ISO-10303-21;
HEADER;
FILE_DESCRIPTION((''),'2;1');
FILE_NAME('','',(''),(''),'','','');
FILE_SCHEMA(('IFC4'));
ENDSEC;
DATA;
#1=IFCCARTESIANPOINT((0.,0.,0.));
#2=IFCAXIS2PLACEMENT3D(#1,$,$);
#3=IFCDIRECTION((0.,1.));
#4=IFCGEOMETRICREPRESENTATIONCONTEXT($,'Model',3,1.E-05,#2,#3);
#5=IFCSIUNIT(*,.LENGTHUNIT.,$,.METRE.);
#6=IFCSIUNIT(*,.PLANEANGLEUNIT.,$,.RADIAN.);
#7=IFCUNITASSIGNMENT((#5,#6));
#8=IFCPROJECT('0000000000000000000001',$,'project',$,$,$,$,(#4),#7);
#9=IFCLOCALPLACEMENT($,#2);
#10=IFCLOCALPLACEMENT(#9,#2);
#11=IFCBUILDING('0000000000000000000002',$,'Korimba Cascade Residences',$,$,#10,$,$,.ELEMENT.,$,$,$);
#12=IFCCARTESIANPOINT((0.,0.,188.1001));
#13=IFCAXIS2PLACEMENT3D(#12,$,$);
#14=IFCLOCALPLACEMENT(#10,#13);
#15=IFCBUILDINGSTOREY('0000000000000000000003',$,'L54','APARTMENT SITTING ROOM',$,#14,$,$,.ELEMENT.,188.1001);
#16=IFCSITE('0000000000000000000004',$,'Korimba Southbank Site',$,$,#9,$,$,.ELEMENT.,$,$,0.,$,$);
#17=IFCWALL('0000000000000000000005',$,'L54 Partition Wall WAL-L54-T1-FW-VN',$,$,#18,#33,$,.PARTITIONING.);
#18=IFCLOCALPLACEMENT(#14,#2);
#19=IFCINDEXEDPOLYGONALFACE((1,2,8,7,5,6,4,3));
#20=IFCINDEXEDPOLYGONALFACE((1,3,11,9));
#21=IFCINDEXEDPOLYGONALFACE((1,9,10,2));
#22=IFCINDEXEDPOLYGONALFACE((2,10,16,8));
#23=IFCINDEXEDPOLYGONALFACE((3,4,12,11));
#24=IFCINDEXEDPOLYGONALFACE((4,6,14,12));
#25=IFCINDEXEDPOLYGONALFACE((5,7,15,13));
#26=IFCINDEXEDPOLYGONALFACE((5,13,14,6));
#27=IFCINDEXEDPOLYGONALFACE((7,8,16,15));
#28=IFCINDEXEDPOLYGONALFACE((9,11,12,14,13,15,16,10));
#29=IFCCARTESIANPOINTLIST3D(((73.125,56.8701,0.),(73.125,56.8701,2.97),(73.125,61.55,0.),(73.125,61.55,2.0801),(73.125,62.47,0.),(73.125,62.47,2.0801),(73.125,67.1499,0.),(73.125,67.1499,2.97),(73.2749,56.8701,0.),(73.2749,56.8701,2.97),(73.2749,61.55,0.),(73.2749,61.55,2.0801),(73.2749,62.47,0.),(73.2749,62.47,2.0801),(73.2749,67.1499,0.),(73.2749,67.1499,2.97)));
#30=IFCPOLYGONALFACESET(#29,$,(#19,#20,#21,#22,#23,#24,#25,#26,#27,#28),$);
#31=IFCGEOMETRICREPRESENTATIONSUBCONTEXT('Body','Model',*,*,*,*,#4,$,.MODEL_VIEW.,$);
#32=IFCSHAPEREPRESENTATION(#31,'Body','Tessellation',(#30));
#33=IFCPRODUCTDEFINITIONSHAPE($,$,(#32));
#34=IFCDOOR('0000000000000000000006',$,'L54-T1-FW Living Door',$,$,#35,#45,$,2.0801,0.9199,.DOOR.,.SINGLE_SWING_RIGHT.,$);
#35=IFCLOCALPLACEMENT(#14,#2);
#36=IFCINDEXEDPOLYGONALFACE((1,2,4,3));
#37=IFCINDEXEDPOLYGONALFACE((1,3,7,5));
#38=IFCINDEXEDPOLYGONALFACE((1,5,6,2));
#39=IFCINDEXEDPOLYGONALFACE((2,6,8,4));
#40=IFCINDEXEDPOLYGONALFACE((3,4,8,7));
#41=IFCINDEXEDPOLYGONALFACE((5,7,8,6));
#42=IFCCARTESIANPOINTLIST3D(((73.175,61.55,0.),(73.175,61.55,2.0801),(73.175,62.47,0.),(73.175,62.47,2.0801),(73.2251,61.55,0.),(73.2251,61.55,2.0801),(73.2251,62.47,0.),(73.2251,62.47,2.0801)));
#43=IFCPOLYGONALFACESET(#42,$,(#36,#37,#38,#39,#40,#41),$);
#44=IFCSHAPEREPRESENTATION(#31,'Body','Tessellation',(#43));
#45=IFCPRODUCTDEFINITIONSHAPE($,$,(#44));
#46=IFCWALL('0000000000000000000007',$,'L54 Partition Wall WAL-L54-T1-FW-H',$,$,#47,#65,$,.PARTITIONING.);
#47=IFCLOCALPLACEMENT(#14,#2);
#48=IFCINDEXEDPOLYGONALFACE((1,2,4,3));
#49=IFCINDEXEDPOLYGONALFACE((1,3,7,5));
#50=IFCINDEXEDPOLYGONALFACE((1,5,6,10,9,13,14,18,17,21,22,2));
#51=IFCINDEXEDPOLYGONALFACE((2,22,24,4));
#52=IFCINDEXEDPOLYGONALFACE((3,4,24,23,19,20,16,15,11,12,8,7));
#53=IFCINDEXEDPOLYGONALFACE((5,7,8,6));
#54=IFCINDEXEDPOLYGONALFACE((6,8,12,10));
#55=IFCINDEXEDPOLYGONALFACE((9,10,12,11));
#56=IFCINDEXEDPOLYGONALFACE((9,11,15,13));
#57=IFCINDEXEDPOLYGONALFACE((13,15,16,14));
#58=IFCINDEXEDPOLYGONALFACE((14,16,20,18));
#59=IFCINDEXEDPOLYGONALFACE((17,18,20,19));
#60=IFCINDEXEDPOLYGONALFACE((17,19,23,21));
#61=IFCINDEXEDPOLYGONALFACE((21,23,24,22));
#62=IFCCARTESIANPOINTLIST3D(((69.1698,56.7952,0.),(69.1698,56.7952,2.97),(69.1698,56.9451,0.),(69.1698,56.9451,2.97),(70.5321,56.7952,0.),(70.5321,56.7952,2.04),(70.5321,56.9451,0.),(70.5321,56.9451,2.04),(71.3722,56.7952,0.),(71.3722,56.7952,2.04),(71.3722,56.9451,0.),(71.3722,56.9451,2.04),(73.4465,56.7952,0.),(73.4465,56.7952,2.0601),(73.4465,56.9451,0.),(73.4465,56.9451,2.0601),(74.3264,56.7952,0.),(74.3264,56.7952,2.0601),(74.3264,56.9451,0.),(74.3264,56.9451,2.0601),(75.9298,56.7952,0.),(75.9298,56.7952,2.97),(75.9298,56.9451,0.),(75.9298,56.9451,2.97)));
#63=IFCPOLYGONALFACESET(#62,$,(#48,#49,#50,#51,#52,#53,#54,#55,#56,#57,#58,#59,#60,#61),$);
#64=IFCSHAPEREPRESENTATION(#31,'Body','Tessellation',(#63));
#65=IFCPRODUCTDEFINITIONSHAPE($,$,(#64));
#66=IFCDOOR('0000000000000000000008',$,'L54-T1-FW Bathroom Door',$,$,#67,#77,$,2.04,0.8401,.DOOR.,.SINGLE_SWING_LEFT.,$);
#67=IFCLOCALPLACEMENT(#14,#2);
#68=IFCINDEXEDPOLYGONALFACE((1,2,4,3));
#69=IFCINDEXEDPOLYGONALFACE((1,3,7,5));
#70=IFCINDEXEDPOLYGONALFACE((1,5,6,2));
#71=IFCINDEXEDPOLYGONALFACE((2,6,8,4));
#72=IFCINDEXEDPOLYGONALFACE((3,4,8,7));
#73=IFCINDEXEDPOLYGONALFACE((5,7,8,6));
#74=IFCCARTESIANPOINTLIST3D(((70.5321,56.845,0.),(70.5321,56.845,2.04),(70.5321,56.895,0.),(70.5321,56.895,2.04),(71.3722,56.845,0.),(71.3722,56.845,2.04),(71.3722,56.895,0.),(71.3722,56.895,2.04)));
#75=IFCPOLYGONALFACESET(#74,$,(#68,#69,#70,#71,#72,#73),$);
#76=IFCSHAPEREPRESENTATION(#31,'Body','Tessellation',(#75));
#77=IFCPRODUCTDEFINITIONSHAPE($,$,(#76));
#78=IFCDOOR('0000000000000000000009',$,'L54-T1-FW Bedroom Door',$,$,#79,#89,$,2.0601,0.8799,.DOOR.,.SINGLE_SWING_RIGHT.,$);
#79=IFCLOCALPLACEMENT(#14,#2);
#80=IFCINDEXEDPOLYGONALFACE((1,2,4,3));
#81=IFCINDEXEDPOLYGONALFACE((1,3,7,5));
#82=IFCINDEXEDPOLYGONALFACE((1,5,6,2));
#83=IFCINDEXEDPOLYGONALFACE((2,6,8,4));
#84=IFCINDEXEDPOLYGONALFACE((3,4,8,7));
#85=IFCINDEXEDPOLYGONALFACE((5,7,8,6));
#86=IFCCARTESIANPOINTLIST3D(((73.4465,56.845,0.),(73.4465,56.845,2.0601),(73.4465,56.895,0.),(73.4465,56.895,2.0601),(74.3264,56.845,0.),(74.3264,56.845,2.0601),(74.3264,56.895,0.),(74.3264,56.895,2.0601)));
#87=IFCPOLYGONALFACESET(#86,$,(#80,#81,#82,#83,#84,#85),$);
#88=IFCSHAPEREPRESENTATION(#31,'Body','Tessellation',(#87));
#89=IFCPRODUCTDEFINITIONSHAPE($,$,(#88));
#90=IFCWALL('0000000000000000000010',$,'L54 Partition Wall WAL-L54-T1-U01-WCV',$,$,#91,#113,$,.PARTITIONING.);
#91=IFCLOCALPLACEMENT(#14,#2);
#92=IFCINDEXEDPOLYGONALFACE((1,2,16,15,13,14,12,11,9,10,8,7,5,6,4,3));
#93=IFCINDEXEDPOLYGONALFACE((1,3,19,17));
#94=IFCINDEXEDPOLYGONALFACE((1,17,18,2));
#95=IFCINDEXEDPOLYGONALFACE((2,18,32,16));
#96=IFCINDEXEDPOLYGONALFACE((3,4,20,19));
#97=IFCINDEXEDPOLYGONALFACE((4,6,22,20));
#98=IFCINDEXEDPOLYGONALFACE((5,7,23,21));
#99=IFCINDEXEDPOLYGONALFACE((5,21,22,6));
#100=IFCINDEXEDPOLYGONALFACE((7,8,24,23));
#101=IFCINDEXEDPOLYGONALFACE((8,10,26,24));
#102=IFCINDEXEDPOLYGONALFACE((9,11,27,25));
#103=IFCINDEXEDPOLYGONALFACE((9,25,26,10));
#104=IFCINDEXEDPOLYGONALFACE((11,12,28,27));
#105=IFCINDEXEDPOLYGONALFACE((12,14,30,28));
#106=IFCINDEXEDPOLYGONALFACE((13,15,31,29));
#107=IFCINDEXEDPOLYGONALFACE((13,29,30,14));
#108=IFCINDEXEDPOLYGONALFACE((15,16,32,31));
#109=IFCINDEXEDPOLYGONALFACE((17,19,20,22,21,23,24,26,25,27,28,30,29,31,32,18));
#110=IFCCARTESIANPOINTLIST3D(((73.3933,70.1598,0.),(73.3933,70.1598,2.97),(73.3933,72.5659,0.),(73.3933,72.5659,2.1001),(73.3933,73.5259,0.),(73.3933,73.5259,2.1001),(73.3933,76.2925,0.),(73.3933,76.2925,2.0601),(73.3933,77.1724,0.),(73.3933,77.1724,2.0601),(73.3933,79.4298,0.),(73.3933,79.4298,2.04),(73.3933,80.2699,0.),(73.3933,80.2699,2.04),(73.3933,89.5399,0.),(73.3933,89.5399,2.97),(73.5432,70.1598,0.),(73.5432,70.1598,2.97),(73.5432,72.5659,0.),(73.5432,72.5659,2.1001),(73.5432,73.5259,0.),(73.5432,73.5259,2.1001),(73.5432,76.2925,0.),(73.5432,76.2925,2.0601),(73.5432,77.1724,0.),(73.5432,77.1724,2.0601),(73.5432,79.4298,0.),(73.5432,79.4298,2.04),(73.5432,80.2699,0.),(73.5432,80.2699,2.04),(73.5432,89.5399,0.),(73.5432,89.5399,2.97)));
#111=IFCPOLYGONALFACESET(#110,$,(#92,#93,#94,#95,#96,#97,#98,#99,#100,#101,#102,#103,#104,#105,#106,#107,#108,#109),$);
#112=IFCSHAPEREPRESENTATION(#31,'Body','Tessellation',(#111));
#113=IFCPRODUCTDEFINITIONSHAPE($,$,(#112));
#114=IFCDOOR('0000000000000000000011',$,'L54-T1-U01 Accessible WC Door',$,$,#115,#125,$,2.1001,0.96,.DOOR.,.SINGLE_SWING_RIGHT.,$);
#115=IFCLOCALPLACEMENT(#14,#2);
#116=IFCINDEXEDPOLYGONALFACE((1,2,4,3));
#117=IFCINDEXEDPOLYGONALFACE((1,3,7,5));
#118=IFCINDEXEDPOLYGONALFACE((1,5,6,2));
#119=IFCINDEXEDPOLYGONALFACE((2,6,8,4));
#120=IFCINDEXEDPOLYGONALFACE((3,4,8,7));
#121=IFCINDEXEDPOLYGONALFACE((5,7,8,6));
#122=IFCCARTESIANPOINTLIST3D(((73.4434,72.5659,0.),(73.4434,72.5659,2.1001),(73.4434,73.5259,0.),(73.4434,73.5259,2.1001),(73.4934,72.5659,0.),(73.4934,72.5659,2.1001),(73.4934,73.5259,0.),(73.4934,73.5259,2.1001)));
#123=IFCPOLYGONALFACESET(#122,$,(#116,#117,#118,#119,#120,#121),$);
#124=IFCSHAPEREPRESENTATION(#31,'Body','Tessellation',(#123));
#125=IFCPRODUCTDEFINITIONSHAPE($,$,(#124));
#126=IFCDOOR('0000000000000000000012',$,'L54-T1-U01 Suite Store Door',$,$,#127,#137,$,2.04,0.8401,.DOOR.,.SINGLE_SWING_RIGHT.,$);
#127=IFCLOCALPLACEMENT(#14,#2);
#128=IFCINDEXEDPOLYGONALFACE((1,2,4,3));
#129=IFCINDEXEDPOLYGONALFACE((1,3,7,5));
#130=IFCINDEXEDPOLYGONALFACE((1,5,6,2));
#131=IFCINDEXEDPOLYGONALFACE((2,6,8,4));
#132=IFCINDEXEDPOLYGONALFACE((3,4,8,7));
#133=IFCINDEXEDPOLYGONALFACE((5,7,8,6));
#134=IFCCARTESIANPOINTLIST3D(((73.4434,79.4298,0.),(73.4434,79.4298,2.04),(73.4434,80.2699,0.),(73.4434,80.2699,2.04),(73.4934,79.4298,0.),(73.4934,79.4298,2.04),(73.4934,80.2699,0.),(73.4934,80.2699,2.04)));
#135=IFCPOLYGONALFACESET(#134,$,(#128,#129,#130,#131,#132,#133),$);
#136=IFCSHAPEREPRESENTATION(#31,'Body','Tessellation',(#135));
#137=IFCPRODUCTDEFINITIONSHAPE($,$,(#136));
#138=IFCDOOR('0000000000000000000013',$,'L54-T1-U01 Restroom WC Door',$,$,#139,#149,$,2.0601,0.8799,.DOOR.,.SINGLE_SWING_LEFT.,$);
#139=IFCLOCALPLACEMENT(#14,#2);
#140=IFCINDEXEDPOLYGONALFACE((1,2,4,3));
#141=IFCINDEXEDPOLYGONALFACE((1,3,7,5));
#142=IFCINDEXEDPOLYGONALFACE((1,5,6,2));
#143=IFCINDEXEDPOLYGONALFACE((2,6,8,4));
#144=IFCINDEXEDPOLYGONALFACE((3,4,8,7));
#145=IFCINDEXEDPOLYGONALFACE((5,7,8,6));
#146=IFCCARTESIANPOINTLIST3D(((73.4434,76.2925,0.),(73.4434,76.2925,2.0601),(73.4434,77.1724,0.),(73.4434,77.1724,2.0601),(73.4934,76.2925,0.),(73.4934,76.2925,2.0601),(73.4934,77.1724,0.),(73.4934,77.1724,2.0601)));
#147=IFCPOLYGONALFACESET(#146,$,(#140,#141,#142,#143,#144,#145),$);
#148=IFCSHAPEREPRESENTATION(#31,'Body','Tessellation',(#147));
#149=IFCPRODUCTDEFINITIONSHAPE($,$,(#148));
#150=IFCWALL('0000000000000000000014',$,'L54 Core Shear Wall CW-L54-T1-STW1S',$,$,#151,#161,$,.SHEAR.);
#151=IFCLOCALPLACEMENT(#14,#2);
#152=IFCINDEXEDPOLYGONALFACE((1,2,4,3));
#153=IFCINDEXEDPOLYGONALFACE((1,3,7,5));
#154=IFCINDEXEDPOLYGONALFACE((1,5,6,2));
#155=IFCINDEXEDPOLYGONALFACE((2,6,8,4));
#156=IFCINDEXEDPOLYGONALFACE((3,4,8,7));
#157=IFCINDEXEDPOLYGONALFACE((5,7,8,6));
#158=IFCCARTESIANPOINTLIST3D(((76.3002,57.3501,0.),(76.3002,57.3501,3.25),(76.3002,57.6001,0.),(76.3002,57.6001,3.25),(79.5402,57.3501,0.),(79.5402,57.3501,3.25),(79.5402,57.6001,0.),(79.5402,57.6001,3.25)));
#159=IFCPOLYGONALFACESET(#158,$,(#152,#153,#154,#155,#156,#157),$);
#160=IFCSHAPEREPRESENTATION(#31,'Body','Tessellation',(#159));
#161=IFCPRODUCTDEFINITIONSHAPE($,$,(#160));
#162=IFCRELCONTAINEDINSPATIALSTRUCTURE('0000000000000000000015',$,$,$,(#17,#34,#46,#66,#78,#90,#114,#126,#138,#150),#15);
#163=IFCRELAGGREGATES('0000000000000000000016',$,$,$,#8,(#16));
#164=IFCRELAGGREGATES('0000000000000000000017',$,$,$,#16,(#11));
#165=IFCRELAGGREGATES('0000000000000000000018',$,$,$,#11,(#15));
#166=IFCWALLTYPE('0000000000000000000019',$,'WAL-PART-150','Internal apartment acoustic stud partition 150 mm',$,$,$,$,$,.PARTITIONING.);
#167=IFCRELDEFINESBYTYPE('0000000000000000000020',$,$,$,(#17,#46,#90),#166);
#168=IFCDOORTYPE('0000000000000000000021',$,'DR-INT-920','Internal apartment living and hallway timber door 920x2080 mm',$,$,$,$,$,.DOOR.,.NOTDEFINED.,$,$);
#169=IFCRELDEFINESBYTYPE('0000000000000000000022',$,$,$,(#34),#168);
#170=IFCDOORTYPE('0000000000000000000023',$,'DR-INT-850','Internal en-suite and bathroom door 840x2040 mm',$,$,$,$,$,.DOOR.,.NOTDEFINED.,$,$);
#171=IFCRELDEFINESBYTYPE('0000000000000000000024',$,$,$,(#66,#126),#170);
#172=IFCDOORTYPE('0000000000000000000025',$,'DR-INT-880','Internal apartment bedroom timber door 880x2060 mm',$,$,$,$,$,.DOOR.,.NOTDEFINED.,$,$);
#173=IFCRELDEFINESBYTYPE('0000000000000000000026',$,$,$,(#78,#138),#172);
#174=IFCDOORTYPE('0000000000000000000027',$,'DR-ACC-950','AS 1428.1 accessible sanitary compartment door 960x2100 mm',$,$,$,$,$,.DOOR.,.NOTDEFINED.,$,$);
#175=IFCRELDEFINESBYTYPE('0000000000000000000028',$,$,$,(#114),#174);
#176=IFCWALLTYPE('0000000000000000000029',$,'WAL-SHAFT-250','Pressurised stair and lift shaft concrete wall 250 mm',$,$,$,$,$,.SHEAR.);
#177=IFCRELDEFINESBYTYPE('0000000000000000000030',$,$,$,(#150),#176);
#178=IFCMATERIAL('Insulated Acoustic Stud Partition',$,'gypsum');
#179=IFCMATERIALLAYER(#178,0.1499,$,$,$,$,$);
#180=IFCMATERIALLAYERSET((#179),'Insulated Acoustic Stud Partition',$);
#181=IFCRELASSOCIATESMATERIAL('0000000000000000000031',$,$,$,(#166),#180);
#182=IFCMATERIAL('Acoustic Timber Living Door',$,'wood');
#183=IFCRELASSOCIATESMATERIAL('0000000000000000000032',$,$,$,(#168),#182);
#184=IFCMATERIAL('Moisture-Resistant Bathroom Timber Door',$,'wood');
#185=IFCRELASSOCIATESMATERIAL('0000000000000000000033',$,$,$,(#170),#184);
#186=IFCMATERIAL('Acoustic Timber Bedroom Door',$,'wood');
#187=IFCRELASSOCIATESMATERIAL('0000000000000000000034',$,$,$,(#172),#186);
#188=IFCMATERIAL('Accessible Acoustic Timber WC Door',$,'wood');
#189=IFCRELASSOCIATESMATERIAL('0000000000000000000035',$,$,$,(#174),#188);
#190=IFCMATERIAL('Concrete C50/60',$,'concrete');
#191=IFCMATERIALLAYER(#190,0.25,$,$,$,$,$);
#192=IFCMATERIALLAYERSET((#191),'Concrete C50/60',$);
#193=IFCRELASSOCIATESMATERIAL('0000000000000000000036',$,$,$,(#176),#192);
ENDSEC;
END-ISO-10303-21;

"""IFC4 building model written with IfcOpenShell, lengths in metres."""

from ifc_helpers import new_model, si_unit, direction, frame, frame_2d, origin, place, context, subcontext, project, spatial, rectangle, extrude, material, layer, layer_set, type_object, element, fill, save


model = new_model("IFC4")

# Units and contexts
model_context = context("Model", 3, precision=1e-05, world=origin(), true_north=direction((0.0, 1.0)))
body_context = subcontext(model_context, "Body", "Model", "MODEL_VIEW")
ifc_project = project(units=[si_unit("LENGTHUNIT", "METRE"), si_unit("PLANEANGLEUNIT", "RADIAN")], contexts=[model_context])

# Site, building, storey
site_placement = place(None, origin())
site = spatial("IfcSite", under=ifc_project, at=site_placement, Name="Korimba Southbank Site", CompositionType="ELEMENT", RefElevation=0.0)
building_placement = place(site_placement, origin())
building = spatial("IfcBuilding", under=site, at=building_placement, Name="Korimba Cascade Residences", CompositionType="ELEMENT")
storey_placement = place(building_placement, frame((0.0, 0.0, 188.1001)))
storey = spatial("IfcBuildingStorey", under=building, at=storey_placement, Name="L54", Description="APARTMENT SITTING ROOM", CompositionType="ELEMENT", Elevation=188.1001)

# Wall, opening, door
ifc_material_1 = material(Name="Insulated Acoustic Stud Partition", Category="gypsum")
ifc_layer_1 = layer(ifc_material_1, 0.1499)
ifc_layer_set_1 = layer_set([ifc_layer_1], Name="Insulated Acoustic Stud Partition")
wall_type_1 = type_object("IfcWallType", Name="WAL-PART-150", Description="Internal apartment acoustic stud partition 150 mm", PredefinedType="PARTITIONING", material=ifc_layer_set_1)
wall_1_placement = place(storey_placement, frame((73.2, 56.8701, 0.0), z_axis=(0.0, 0.0, 1.0), x_axis=(0.0, 1.0, 0.0)))
wall_1 = element("IfcWall", 1, at=wall_1_placement, inside=storey, type_object=wall_type_1, Name="L54 Partition Wall WAL-L54-T1-FW-VN", PredefinedType="PARTITIONING", context=body_context, shape_type="SweptSolid", body=[
    extrude(rectangle(XDim=10.2798, YDim=0.1499, at=frame_2d((5.1399, 0.0))), origin(), (0.0, 0.0, 1.0), 2.97),
])
opening_1_placement = place(wall_1_placement, frame((4.6799, 0.0, 0.0)))
opening_1 = element("IfcOpeningElement", 2, at=opening_1_placement, cuts=wall_1, PredefinedType="OPENING", context=body_context, shape_type="SweptSolid", body=[
    extrude(rectangle(XDim=0.9199, YDim=2.0801, at=frame_2d((0.46, 1.04))), frame((0.0, 0.085, 0.0), z_axis=(0.0, -1.0, 0.0), x_axis=(1.0, 0.0, 0.0)), (0.0, 0.0, 1.0), 0.1699),
])
ifc_material_2 = material(Name="Acoustic Timber Living Door", Category="wood")
door_type_1 = type_object("IfcDoorType", Name="DR-INT-920", Description="Internal apartment living and hallway timber door 920x2080 mm", OperationType="NOTDEFINED", PredefinedType="DOOR", material=ifc_material_2)
door_1_placement = place(opening_1_placement, origin())
door_1 = element("IfcDoor", 3, at=door_1_placement, inside=storey, type_object=door_type_1, Name="L54-T1-FW Living Door", OperationType="SINGLE_SWING_RIGHT", OverallHeight=2.0801, OverallWidth=0.9199, PredefinedType="DOOR", context=body_context, shape_type="SweptSolid", body=[
    extrude(rectangle(XDim=0.9199, YDim=2.0801, at=frame_2d((0.46, 1.04))), frame((0.0, 0.0249, 0.0), z_axis=(0.0, -1.0, 0.0), x_axis=(1.0, 0.0, 0.0)), (0.0, 0.0, 1.0), 0.05),
])
fill(opening_1, door_1)

# Walls, openings, doors
wall_2_placement = place(storey_placement, frame((69.1699, 56.8701, 0.0), z_axis=(0.0, 0.0, 1.0), x_axis=(1.0, 0.0, 0.0)))
wall_2 = element("IfcWall", 4, at=wall_2_placement, inside=storey, type_object=wall_type_1, Name="L54 Partition Wall WAL-L54-T1-FW-H", PredefinedType="PARTITIONING", context=body_context, shape_type="SweptSolid", body=[
    extrude(rectangle(XDim=6.76, YDim=0.1499, at=frame_2d((3.3799, 0.0))), origin(), (0.0, 0.0, 1.0), 2.97),
])
opening_2_placement = place(wall_2_placement, frame((1.3623, 0.0, 0.0)))
opening_2 = element("IfcOpeningElement", 5, at=opening_2_placement, cuts=wall_2, PredefinedType="OPENING", context=body_context, shape_type="SweptSolid", body=[
    extrude(rectangle(XDim=0.8401, YDim=2.04, at=frame_2d((0.4199, 1.02))), frame((0.0, 0.085, 0.0), z_axis=(0.0, -1.0, 0.0), x_axis=(1.0, 0.0, 0.0)), (0.0, 0.0, 1.0), 0.1699),
])
opening_3_placement = place(wall_2_placement, frame((4.2766, 0.0, 0.0)))
opening_3 = element("IfcOpeningElement", 6, at=opening_3_placement, cuts=wall_2, PredefinedType="OPENING", context=body_context, shape_type="SweptSolid", body=[
    extrude(rectangle(XDim=0.8799, YDim=2.0601, at=frame_2d((0.4399, 1.03))), frame((0.0, 0.085, 0.0), z_axis=(0.0, -1.0, 0.0), x_axis=(1.0, 0.0, 0.0)), (0.0, 0.0, 1.0), 0.1699),
])
ifc_material_3 = material(Name="Moisture-Resistant Bathroom Timber Door", Category="wood")
door_type_2 = type_object("IfcDoorType", Name="DR-INT-850", Description="Internal en-suite and bathroom door 840x2040 mm", OperationType="NOTDEFINED", PredefinedType="DOOR", material=ifc_material_3)
door_2_placement = place(opening_2_placement, origin())
door_2 = element("IfcDoor", 7, at=door_2_placement, inside=storey, type_object=door_type_2, Name="L54-T1-FW Bathroom Door", OperationType="SINGLE_SWING_LEFT", OverallHeight=2.04, OverallWidth=0.8401, PredefinedType="DOOR", context=body_context, shape_type="SweptSolid", body=[
    extrude(rectangle(XDim=0.8401, YDim=2.04, at=frame_2d((0.4199, 1.02))), frame((0.0, 0.0249, 0.0), z_axis=(0.0, -1.0, 0.0), x_axis=(1.0, 0.0, 0.0)), (0.0, 0.0, 1.0), 0.05),
])
fill(opening_2, door_2)
ifc_material_4 = material(Name="Acoustic Timber Bedroom Door", Category="wood")
door_type_3 = type_object("IfcDoorType", Name="DR-INT-880", Description="Internal apartment bedroom timber door 880x2060 mm", OperationType="NOTDEFINED", PredefinedType="DOOR", material=ifc_material_4)
door_3_placement = place(opening_3_placement, origin())
door_3 = element("IfcDoor", 8, at=door_3_placement, inside=storey, type_object=door_type_3, Name="L54-T1-FW Bedroom Door", OperationType="SINGLE_SWING_RIGHT", OverallHeight=2.0601, OverallWidth=0.8799, PredefinedType="DOOR", context=body_context, shape_type="SweptSolid", body=[
    extrude(rectangle(XDim=0.8799, YDim=2.0601, at=frame_2d((0.4399, 1.03))), frame((0.0, 0.0249, 0.0), z_axis=(0.0, -1.0, 0.0), x_axis=(1.0, 0.0, 0.0)), (0.0, 0.0, 1.0), 0.05),
])
fill(opening_3, door_3)
wall_3_placement = place(storey_placement, frame((73.4683, 70.1599, 0.0), z_axis=(0.0, 0.0, 1.0), x_axis=(0.0, 1.0, 0.0)))
wall_3 = element("IfcWall", 9, at=wall_3_placement, inside=storey, type_object=wall_type_1, Name="L54 Partition Wall WAL-L54-T1-U01-WCV", PredefinedType="PARTITIONING", context=body_context, shape_type="SweptSolid", body=[
    extrude(rectangle(XDim=19.3801, YDim=0.1499, at=frame_2d((9.6899, 0.0))), origin(), (0.0, 0.0, 1.0), 2.97),
])
opening_4_placement = place(wall_3_placement, frame((2.406, 0.0, 0.0)))
opening_4 = element("IfcOpeningElement", 10, at=opening_4_placement, cuts=wall_3, PredefinedType="OPENING", context=body_context, shape_type="SweptSolid", body=[
    extrude(rectangle(XDim=0.96, YDim=2.1001, at=frame_2d((0.48, 1.05))), frame((0.0, 0.085, 0.0), z_axis=(0.0, -1.0, 0.0), x_axis=(1.0, 0.0, 0.0)), (0.0, 0.0, 1.0), 0.1699),
])
opening_5_placement = place(wall_3_placement, frame((6.1326, 0.0, 0.0)))
opening_5 = element("IfcOpeningElement", 11, at=opening_5_placement, cuts=wall_3, PredefinedType="OPENING", context=body_context, shape_type="SweptSolid", body=[
    extrude(rectangle(XDim=0.8799, YDim=2.0601, at=frame_2d((0.4399, 1.03))), frame((0.0, 0.085, 0.0), z_axis=(0.0, -1.0, 0.0), x_axis=(1.0, 0.0, 0.0)), (0.0, 0.0, 1.0), 0.1699),
])
opening_6_placement = place(wall_3_placement, frame((9.27, 0.0, 0.0)))
opening_6 = element("IfcOpeningElement", 12, at=opening_6_placement, cuts=wall_3, PredefinedType="OPENING", context=body_context, shape_type="SweptSolid", body=[
    extrude(rectangle(XDim=0.8401, YDim=2.04, at=frame_2d((0.4199, 1.02))), frame((0.0, 0.085, 0.0), z_axis=(0.0, -1.0, 0.0), x_axis=(1.0, 0.0, 0.0)), (0.0, 0.0, 1.0), 0.1699),
])
ifc_material_5 = material(Name="Accessible Acoustic Timber WC Door", Category="wood")
door_type_4 = type_object("IfcDoorType", Name="DR-ACC-950", Description="AS 1428.1 accessible sanitary compartment door 960x2100 mm", OperationType="NOTDEFINED", PredefinedType="DOOR", material=ifc_material_5)
door_4_placement = place(opening_4_placement, origin())
door_4 = element("IfcDoor", 13, at=door_4_placement, inside=storey, type_object=door_type_4, Name="L54-T1-U01 Accessible WC Door", OperationType="SINGLE_SWING_RIGHT", OverallHeight=2.1001, OverallWidth=0.96, PredefinedType="DOOR", context=body_context, shape_type="SweptSolid", body=[
    extrude(rectangle(XDim=0.96, YDim=2.1001, at=frame_2d((0.48, 1.05))), frame((0.0, 0.0249, 0.0), z_axis=(0.0, -1.0, 0.0), x_axis=(1.0, 0.0, 0.0)), (0.0, 0.0, 1.0), 0.05),
])
fill(opening_4, door_4)
door_5_placement = place(opening_6_placement, origin())
door_5 = element("IfcDoor", 14, at=door_5_placement, inside=storey, type_object=door_type_2, Name="L54-T1-U01 Suite Store Door", OperationType="SINGLE_SWING_RIGHT", OverallHeight=2.04, OverallWidth=0.8401, PredefinedType="DOOR", context=body_context, shape_type="SweptSolid", body=[
    extrude(rectangle(XDim=0.8401, YDim=2.04, at=frame_2d((0.4199, 1.02))), frame((0.0, 0.0249, 0.0), z_axis=(0.0, -1.0, 0.0), x_axis=(1.0, 0.0, 0.0)), (0.0, 0.0, 1.0), 0.05),
])
fill(opening_6, door_5)
door_6_placement = place(opening_5_placement, origin())
door_6 = element("IfcDoor", 15, at=door_6_placement, inside=storey, type_object=door_type_3, Name="L54-T1-U01 Restroom WC Door", OperationType="SINGLE_SWING_LEFT", OverallHeight=2.0601, OverallWidth=0.8799, PredefinedType="DOOR", context=body_context, shape_type="SweptSolid", body=[
    extrude(rectangle(XDim=0.8799, YDim=2.0601, at=frame_2d((0.4399, 1.03))), frame((0.0, 0.0249, 0.0), z_axis=(0.0, -1.0, 0.0), x_axis=(1.0, 0.0, 0.0)), (0.0, 0.0, 1.0), 0.05),
])
fill(opening_5, door_6)

# Wall
ifc_material_6 = material(Name="Concrete C50/60", Category="concrete")
ifc_layer_2 = layer(ifc_material_6, 0.25)
ifc_layer_set_2 = layer_set([ifc_layer_2], Name="Concrete C50/60")
wall_type_2 = type_object("IfcWallType", Name="WAL-SHAFT-250", Description="Pressurised stair and lift shaft concrete wall 250 mm", PredefinedType="SHEAR", material=ifc_layer_set_2)
for number, where, z_axis, x_axis, name in (
    (16, (76.3, 57.4751, 0.0), (0.0, 0.0, 1.0), (1.0, 0.0, 0.0), "L54 Core Shear Wall CW-L54-T1-STW1S"),
):
    element("IfcWall", number, at=place(storey_placement, frame(where, z_axis=z_axis, x_axis=x_axis)), inside=storey, type_object=wall_type_2, Name=name, PredefinedType="SHEAR", context=body_context, shape_type="SweptSolid", body=[
        extrude(rectangle(XDim=3.24, YDim=0.25, at=frame_2d((1.6201, 0.0))), origin(), (0.0, 0.0, 1.0), 3.25),
    ])

save(model, "model.ifc")
